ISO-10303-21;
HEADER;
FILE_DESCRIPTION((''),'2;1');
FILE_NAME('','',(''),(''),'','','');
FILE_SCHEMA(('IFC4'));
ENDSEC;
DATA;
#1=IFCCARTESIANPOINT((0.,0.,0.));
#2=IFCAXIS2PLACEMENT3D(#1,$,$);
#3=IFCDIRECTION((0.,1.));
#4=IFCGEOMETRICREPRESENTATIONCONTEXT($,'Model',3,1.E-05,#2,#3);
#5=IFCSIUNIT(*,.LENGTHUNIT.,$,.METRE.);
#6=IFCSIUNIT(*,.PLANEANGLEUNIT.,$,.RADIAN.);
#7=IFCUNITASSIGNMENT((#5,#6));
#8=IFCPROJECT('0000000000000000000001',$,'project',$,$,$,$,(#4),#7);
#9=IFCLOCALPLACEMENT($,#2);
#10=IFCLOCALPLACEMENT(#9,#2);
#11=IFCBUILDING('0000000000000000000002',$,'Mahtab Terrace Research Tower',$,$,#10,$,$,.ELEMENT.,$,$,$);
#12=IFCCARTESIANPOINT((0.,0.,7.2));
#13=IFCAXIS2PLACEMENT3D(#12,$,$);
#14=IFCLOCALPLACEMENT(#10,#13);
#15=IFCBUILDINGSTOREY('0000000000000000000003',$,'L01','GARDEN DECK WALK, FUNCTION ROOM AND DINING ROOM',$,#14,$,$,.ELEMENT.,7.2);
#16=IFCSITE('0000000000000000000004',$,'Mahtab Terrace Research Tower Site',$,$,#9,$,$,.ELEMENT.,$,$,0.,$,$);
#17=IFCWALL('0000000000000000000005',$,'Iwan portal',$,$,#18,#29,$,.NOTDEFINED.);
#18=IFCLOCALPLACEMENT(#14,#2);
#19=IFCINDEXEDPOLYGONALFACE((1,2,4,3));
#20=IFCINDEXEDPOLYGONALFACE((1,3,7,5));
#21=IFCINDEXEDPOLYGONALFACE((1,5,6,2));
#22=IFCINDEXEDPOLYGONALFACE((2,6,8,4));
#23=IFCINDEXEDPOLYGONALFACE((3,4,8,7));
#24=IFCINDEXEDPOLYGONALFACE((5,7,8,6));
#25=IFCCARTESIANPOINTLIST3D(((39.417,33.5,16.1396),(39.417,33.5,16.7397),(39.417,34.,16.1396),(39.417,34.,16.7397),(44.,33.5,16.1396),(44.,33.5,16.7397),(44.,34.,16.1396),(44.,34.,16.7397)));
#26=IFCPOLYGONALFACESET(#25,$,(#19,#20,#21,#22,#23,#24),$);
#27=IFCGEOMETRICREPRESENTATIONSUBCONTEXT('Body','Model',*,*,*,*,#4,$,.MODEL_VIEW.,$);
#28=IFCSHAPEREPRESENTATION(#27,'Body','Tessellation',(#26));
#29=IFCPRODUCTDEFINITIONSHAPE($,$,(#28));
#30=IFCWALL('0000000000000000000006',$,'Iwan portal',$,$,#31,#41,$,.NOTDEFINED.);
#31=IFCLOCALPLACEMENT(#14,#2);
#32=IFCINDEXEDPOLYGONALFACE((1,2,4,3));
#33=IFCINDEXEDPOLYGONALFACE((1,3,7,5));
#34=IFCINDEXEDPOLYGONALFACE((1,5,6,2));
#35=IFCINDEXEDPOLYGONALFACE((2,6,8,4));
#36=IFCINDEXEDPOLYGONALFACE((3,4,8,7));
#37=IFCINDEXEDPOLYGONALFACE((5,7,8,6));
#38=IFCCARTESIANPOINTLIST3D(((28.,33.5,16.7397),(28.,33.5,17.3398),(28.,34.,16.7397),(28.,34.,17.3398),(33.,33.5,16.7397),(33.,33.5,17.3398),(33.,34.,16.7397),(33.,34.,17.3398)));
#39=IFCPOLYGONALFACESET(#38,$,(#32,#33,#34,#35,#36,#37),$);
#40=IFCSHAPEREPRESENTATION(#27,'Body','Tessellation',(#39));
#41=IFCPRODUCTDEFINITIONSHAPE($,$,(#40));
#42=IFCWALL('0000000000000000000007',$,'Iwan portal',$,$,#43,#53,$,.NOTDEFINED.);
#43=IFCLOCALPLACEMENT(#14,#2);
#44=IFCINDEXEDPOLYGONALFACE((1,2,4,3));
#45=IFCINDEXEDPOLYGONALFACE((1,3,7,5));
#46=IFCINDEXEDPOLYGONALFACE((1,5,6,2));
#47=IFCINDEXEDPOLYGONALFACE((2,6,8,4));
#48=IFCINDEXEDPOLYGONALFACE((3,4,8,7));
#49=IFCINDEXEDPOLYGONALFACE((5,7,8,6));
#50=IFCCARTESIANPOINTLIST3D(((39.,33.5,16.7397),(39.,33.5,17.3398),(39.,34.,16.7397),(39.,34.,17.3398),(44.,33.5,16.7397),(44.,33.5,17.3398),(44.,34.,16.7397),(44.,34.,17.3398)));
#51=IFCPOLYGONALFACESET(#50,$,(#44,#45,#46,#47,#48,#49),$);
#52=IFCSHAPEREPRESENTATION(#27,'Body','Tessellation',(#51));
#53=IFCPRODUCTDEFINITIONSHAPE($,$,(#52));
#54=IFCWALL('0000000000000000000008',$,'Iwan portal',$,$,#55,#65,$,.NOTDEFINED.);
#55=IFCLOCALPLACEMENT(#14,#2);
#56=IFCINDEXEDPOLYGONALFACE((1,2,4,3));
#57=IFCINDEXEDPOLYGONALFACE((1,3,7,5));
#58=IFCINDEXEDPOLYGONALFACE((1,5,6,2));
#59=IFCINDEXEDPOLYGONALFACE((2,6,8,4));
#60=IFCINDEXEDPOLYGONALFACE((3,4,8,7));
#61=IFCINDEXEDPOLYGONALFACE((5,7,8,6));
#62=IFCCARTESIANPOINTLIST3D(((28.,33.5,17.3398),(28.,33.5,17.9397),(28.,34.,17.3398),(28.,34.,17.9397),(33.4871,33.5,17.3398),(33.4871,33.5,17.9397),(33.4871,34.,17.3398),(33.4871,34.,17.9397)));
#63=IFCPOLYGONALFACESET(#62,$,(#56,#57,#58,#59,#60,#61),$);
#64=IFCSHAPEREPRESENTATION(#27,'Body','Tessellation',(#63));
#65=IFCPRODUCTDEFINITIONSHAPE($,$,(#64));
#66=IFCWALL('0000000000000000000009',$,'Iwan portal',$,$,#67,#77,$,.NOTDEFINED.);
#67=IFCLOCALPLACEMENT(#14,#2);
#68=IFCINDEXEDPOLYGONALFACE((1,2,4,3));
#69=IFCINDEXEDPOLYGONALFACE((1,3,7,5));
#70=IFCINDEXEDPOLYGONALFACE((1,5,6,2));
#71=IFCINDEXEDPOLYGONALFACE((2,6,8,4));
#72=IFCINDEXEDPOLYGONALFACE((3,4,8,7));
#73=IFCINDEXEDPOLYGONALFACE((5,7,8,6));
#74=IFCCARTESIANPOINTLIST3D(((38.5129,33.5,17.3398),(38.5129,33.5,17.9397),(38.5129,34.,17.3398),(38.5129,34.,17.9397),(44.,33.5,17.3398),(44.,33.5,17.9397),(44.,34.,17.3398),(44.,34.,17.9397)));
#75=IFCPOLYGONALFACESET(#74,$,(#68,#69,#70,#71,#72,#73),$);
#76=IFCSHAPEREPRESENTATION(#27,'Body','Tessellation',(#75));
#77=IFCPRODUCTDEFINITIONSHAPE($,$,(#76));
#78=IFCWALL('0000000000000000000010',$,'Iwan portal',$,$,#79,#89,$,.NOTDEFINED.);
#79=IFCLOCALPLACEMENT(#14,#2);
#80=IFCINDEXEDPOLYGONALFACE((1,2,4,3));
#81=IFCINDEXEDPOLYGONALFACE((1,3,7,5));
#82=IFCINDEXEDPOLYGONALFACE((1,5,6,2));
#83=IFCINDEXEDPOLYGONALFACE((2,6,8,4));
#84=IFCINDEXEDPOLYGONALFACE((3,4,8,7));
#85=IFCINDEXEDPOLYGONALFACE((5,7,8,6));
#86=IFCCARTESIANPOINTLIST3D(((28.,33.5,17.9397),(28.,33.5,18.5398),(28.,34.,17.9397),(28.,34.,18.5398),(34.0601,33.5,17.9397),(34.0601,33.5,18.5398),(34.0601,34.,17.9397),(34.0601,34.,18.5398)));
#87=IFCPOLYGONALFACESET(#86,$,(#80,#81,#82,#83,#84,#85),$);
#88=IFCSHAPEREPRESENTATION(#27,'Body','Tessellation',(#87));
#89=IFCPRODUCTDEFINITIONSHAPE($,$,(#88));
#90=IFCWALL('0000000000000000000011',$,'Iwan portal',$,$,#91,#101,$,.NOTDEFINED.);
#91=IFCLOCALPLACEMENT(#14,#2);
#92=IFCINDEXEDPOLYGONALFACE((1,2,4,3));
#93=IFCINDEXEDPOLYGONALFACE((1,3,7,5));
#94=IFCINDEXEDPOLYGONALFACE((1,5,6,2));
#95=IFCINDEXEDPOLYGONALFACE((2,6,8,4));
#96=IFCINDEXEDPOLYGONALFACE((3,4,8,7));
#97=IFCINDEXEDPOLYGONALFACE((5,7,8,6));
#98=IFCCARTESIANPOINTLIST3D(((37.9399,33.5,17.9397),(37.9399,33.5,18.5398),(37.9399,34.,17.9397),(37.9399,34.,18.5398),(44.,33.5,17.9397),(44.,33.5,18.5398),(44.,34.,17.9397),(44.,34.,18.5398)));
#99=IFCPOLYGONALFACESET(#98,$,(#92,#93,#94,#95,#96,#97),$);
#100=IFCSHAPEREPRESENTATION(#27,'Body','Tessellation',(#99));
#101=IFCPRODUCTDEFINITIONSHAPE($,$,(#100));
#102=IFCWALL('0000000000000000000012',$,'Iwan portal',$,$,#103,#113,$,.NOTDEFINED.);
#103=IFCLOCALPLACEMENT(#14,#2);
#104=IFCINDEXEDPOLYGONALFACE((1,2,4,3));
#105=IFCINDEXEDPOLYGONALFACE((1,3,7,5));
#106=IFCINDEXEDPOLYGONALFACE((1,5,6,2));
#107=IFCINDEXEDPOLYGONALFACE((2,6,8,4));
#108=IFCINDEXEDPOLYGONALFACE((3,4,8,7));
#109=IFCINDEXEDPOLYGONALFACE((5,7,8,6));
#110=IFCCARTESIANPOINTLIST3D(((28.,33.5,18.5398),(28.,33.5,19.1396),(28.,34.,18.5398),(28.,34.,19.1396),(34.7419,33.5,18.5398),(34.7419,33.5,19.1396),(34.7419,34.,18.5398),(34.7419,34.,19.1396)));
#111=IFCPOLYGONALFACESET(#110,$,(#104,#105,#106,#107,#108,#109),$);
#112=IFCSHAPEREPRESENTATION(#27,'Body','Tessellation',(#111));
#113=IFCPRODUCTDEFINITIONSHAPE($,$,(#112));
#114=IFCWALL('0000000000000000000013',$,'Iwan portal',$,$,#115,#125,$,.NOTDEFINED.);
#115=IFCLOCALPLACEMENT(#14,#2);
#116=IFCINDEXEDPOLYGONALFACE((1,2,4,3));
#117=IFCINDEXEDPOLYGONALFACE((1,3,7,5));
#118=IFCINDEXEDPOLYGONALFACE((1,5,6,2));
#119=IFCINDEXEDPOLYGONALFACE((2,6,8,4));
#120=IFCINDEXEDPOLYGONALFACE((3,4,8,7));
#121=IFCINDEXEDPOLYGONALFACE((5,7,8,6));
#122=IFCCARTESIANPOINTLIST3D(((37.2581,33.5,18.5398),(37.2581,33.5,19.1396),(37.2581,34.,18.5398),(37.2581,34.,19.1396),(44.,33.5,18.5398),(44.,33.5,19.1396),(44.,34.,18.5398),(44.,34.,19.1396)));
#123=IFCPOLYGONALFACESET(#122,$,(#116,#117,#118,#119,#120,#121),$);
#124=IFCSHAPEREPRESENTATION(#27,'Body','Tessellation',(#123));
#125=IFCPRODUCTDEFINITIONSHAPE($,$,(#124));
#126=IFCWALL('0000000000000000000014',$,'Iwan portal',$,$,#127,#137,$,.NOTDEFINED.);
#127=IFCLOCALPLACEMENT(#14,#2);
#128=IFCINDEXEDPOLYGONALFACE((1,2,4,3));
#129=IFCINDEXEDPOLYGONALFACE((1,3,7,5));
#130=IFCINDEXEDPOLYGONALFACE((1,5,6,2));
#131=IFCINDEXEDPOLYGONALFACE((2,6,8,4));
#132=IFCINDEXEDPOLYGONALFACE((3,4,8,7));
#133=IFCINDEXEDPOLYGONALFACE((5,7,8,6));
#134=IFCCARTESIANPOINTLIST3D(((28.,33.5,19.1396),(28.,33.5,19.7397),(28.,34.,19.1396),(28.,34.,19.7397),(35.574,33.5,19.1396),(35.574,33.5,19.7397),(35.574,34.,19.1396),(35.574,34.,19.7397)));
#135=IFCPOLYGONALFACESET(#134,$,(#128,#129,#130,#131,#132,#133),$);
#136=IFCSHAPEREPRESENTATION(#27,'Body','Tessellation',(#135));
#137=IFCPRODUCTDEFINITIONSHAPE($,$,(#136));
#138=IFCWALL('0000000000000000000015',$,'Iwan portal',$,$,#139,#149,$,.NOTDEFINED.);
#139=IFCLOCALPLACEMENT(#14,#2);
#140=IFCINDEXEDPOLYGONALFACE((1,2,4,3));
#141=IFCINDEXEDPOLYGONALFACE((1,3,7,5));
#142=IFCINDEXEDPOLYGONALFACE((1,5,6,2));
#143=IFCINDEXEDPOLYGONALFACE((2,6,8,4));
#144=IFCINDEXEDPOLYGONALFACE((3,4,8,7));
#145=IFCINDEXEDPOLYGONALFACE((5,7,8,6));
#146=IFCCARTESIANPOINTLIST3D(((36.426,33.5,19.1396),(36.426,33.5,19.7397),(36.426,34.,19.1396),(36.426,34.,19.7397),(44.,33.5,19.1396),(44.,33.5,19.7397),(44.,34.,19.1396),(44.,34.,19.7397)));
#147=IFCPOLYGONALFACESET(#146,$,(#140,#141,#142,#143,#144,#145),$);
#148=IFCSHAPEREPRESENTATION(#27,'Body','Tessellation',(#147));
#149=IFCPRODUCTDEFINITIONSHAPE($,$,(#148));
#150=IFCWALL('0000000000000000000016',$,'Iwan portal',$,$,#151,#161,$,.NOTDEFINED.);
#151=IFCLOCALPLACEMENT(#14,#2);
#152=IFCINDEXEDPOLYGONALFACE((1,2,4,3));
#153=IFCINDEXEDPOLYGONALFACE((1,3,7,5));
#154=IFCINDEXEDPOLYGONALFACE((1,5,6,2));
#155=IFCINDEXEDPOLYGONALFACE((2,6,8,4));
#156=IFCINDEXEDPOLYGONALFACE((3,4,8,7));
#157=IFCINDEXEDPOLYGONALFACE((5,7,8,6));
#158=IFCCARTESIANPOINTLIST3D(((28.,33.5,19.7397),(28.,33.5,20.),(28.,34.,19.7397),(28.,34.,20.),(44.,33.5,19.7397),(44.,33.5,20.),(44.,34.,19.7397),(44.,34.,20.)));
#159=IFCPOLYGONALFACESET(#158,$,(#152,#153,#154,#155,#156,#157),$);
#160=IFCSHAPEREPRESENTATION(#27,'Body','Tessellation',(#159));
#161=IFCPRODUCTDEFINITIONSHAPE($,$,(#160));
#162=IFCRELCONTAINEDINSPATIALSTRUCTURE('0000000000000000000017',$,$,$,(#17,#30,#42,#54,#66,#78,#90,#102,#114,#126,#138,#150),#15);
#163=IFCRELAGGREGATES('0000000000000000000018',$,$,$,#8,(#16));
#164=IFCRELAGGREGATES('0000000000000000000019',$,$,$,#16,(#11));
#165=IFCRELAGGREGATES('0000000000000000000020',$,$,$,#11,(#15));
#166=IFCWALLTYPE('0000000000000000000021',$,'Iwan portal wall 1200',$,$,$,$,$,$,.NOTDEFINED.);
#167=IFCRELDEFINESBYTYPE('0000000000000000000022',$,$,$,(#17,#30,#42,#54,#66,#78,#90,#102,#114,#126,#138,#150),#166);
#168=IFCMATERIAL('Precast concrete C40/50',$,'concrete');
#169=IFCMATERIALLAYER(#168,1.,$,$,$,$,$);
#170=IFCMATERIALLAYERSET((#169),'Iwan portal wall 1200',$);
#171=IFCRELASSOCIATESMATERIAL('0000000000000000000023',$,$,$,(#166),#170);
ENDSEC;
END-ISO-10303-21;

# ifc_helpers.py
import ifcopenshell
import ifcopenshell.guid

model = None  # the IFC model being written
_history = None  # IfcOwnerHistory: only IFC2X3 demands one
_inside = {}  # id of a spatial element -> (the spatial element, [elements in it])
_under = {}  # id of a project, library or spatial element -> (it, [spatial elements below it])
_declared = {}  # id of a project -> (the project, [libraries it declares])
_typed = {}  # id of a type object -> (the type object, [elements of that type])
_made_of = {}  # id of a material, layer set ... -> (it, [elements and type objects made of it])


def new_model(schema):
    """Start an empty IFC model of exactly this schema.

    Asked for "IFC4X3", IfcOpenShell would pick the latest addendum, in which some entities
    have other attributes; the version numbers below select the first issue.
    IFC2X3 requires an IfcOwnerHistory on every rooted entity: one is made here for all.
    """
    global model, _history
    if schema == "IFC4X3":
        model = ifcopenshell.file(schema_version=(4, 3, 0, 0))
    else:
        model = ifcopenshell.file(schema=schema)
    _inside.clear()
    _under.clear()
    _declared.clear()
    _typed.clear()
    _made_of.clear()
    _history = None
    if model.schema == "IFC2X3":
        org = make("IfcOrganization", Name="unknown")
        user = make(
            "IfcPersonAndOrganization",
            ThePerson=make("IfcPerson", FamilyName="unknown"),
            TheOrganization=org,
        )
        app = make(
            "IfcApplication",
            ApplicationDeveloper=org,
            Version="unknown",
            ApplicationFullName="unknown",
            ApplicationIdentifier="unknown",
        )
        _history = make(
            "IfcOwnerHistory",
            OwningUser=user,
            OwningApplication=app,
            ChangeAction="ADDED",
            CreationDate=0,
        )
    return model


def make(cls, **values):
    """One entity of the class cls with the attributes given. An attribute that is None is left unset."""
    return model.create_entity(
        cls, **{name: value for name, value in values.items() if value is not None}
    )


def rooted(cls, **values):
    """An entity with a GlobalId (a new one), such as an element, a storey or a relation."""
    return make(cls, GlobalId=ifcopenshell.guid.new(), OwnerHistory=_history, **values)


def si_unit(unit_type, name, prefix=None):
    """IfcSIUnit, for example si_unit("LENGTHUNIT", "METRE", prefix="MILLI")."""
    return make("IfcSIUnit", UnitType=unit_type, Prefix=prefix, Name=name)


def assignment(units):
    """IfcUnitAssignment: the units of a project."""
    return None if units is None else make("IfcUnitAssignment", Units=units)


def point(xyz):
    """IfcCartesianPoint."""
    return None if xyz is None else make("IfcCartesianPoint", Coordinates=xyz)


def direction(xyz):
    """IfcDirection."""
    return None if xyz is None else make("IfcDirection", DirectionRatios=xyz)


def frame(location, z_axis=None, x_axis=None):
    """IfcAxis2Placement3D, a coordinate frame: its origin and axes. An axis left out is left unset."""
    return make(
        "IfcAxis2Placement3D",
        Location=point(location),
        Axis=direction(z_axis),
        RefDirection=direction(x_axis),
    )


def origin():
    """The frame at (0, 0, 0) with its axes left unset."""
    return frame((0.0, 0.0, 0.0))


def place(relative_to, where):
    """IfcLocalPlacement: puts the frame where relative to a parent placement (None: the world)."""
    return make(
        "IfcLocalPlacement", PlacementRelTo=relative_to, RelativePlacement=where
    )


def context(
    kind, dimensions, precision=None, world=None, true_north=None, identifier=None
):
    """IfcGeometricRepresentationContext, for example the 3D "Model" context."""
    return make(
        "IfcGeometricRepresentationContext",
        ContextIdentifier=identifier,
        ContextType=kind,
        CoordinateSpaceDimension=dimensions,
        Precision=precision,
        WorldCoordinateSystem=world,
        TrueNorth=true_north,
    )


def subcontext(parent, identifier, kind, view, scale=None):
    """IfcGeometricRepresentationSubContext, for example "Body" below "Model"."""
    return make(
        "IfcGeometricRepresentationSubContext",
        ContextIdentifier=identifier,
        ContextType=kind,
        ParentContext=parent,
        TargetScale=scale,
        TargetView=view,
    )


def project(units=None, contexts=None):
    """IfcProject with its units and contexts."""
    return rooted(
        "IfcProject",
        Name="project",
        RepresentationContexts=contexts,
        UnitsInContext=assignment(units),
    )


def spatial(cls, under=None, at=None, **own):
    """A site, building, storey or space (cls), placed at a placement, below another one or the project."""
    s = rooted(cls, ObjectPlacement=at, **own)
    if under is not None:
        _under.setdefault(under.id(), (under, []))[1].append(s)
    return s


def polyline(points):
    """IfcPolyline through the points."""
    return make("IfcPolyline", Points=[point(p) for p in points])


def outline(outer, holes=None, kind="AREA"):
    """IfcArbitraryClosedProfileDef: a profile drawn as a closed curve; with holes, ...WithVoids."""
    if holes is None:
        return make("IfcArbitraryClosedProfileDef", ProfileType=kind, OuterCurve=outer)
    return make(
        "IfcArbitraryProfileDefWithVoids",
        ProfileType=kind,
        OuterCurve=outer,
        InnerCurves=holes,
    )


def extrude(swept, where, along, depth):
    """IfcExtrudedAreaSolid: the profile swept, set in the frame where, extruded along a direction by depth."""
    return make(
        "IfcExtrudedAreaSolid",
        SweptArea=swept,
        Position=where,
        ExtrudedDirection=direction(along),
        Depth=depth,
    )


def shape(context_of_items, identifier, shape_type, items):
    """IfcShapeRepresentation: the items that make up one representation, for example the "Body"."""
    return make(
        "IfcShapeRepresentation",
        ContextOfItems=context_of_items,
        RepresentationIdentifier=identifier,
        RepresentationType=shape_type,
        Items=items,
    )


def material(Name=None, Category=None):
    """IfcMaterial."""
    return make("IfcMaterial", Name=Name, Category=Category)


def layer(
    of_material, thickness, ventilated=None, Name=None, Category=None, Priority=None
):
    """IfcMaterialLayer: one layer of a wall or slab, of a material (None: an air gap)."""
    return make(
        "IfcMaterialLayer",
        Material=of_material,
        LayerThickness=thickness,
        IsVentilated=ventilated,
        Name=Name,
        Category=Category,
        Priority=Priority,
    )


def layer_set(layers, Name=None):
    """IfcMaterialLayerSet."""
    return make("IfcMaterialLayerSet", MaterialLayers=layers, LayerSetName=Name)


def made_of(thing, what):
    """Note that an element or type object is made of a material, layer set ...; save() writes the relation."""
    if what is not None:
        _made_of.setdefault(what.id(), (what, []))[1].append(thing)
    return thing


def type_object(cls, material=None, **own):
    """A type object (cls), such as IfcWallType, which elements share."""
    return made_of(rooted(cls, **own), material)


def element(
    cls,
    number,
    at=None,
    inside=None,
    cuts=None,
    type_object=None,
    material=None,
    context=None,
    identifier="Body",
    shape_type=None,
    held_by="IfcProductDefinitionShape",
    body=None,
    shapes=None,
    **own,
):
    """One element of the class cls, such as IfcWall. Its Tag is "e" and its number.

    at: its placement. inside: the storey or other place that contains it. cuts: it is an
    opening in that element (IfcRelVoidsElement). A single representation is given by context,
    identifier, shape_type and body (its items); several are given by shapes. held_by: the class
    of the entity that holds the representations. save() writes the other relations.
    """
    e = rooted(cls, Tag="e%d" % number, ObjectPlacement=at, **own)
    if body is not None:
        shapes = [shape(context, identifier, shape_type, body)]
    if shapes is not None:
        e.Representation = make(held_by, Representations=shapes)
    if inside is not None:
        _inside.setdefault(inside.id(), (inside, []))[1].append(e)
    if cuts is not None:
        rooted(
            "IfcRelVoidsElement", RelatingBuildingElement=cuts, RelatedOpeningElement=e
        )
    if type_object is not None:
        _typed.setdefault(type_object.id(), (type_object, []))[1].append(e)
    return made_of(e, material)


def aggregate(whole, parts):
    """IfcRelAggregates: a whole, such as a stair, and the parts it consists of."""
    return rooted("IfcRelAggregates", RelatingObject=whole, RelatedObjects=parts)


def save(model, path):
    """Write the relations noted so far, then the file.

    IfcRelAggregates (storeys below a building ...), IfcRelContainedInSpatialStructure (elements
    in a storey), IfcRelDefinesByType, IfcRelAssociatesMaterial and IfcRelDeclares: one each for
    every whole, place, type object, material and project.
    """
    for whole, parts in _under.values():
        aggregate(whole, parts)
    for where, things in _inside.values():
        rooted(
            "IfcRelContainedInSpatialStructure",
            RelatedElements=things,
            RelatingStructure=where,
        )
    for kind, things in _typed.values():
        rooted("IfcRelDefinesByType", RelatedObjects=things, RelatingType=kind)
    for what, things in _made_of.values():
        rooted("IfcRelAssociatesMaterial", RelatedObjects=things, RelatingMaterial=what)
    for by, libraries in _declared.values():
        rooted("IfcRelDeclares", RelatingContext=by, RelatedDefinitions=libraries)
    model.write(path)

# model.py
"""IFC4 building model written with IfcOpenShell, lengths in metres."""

from ifc_helpers import new_model, si_unit, direction, frame, origin, place, context, subcontext, project, spatial, polyline, outline, extrude, material, layer, layer_set, type_object, element, save


model = new_model("IFC4")

# Units and contexts
model_context = context("Model", 3, precision=1e-05, world=origin(), true_north=direction((0.0, 1.0)))
body_context = subcontext(model_context, "Body", "Model", "MODEL_VIEW")
ifc_project = project(units=[si_unit("LENGTHUNIT", "METRE"), si_unit("PLANEANGLEUNIT", "RADIAN")], contexts=[model_context])

# Site, building, storey
site_placement = place(None, origin())
site = spatial("IfcSite", under=ifc_project, at=site_placement, Name="Mahtab Terrace Research Tower Site", CompositionType="ELEMENT", RefElevation=0.0)
building_placement = place(site_placement, origin())
building = spatial("IfcBuilding", under=site, at=building_placement, Name="Mahtab Terrace Research Tower", CompositionType="ELEMENT")
storey_placement = place(building_placement, frame((0.0, 0.0, 7.2)))
storey = spatial("IfcBuildingStorey", under=building, at=storey_placement, Name="L01", Description="GARDEN DECK WALK, FUNCTION ROOM AND DINING ROOM", CompositionType="ELEMENT", Elevation=7.2)

# Walls
ifc_material = material(Name="Precast concrete C40/50", Category="concrete")
ifc_layer = layer(ifc_material, 1.0)
ifc_layer_set = layer_set([ifc_layer], Name="Iwan portal wall 1200")
wall_type = type_object("IfcWallType", Name="Iwan portal wall 1200", PredefinedType="NOTDEFINED", material=ifc_layer_set)
wall_1_placement = place(storey_placement, frame((0.0, 0.0, 16.1396)))
element("IfcWall", 1, at=wall_1_placement, inside=storey, type_object=wall_type, Name="Iwan portal", PredefinedType="NOTDEFINED", context=body_context, shape_type="SweptSolid", body=[
    extrude(outline(polyline([(39.417, 33.5), (44.0, 33.5), (44.0, 34.0), (39.417, 34.0), (39.417, 33.5)])), origin(), (0.0, 0.0, 1.0), 0.6001),
])
wall_2_placement = place(storey_placement, frame((0.0, 0.0, 16.7397)))
element("IfcWall", 2, at=wall_2_placement, inside=storey, type_object=wall_type, Name="Iwan portal", PredefinedType="NOTDEFINED", context=body_context, shape_type="SweptSolid", body=[
    extrude(outline(polyline([(28.0, 33.5), (33.0, 33.5), (33.0, 34.0), (28.0, 34.0), (28.0, 33.5)])), origin(), (0.0, 0.0, 1.0), 0.6001),
])
wall_3_placement = place(storey_placement, frame((0.0, 0.0, 16.7397)))
element("IfcWall", 3, at=wall_3_placement, inside=storey, type_object=wall_type, Name="Iwan portal", PredefinedType="NOTDEFINED", context=body_context, shape_type="SweptSolid", body=[
    extrude(outline(polyline([(39.0, 33.5), (44.0, 33.5), (44.0, 34.0), (39.0, 34.0), (39.0, 33.5)])), origin(), (0.0, 0.0, 1.0), 0.6001),
])
wall_4_placement = place(storey_placement, frame((0.0, 0.0, 17.3398)))
element("IfcWall", 4, at=wall_4_placement, inside=storey, type_object=wall_type, Name="Iwan portal", PredefinedType="NOTDEFINED", context=body_context, shape_type="SweptSolid", body=[
    extrude(outline(polyline([(28.0, 33.5), (33.4871, 33.5), (33.4871, 34.0), (28.0, 34.0), (28.0, 33.5)])), origin(), (0.0, 0.0, 1.0), 0.5999),
])
wall_5_placement = place(storey_placement, frame((0.0, 0.0, 17.3398)))
element("IfcWall", 5, at=wall_5_placement, inside=storey, type_object=wall_type, Name="Iwan portal", PredefinedType="NOTDEFINED", context=body_context, shape_type="SweptSolid", body=[
    extrude(outline(polyline([(38.5129, 33.5), (44.0, 33.5), (44.0, 34.0), (38.5129, 34.0), (38.5129, 33.5)])), origin(), (0.0, 0.0, 1.0), 0.5999),
])
wall_6_placement = place(storey_placement, frame((0.0, 0.0, 17.9397)))
element("IfcWall", 6, at=wall_6_placement, inside=storey, type_object=wall_type, Name="Iwan portal", PredefinedType="NOTDEFINED", context=body_context, shape_type="SweptSolid", body=[
    extrude(outline(polyline([(28.0, 33.5), (34.0601, 33.5), (34.0601, 34.0), (28.0, 34.0), (28.0, 33.5)])), origin(), (0.0, 0.0, 1.0), 0.6001),
])
wall_7_placement = place(storey_placement, frame((0.0, 0.0, 17.9397)))
element("IfcWall", 7, at=wall_7_placement, inside=storey, type_object=wall_type, Name="Iwan portal", PredefinedType="NOTDEFINED", context=body_context, shape_type="SweptSolid", body=[
    extrude(outline(polyline([(37.9399, 33.5), (44.0, 33.5), (44.0, 34.0), (37.9399, 34.0), (37.9399, 33.5)])), origin(), (0.0, 0.0, 1.0), 0.6001),
])
wall_8_placement = place(storey_placement, frame((0.0, 0.0, 18.5398)))
element("IfcWall", 8, at=wall_8_placement, inside=storey, type_object=wall_type, Name="Iwan portal", PredefinedType="NOTDEFINED", context=body_context, shape_type="SweptSolid", body=[
    extrude(outline(polyline([(28.0, 33.5), (34.7419, 33.5), (34.7419, 34.0), (28.0, 34.0), (28.0, 33.5)])), origin(), (0.0, 0.0, 1.0), 0.5999),
])
wall_9_placement = place(storey_placement, frame((0.0, 0.0, 18.5398)))
element("IfcWall", 9, at=wall_9_placement, inside=storey, type_object=wall_type, Name="Iwan portal", PredefinedType="NOTDEFINED", context=body_context, shape_type="SweptSolid", body=[
    extrude(outline(polyline([(37.2581, 33.5), (44.0, 33.5), (44.0, 34.0), (37.2581, 34.0), (37.2581, 33.5)])), origin(), (0.0, 0.0, 1.0), 0.5999),
])
wall_10_placement = place(storey_placement, frame((0.0, 0.0, 19.1396)))
element("IfcWall", 10, at=wall_10_placement, inside=storey, type_object=wall_type, Name="Iwan portal", PredefinedType="NOTDEFINED", context=body_context, shape_type="SweptSolid", body=[
    extrude(outline(polyline([(28.0, 33.5), (35.574, 33.5), (35.574, 34.0), (28.0, 34.0), (28.0, 33.5)])), origin(), (0.0, 0.0, 1.0), 0.6001),
])
wall_11_placement = place(storey_placement, frame((0.0, 0.0, 19.1396)))
element("IfcWall", 11, at=wall_11_placement, inside=storey, type_object=wall_type, Name="Iwan portal", PredefinedType="NOTDEFINED", context=body_context, shape_type="SweptSolid", body=[
    extrude(outline(polyline([(36.426, 33.5), (44.0, 33.5), (44.0, 34.0), (36.426, 34.0), (36.426, 33.5)])), origin(), (0.0, 0.0, 1.0), 0.6001),
])
wall_12_placement = place(storey_placement, frame((0.0, 0.0, 19.7397)))
element("IfcWall", 12, at=wall_12_placement, inside=storey, type_object=wall_type, Name="Iwan portal", PredefinedType="NOTDEFINED", context=body_context, shape_type="SweptSolid", body=[
    extrude(outline(polyline([(28.0, 33.5), (44.0, 33.5), (44.0, 34.0), (28.0, 34.0), (28.0, 33.5)])), origin(), (0.0, 0.0, 1.0), 0.2603),
])

save(model, "model.ifc")
